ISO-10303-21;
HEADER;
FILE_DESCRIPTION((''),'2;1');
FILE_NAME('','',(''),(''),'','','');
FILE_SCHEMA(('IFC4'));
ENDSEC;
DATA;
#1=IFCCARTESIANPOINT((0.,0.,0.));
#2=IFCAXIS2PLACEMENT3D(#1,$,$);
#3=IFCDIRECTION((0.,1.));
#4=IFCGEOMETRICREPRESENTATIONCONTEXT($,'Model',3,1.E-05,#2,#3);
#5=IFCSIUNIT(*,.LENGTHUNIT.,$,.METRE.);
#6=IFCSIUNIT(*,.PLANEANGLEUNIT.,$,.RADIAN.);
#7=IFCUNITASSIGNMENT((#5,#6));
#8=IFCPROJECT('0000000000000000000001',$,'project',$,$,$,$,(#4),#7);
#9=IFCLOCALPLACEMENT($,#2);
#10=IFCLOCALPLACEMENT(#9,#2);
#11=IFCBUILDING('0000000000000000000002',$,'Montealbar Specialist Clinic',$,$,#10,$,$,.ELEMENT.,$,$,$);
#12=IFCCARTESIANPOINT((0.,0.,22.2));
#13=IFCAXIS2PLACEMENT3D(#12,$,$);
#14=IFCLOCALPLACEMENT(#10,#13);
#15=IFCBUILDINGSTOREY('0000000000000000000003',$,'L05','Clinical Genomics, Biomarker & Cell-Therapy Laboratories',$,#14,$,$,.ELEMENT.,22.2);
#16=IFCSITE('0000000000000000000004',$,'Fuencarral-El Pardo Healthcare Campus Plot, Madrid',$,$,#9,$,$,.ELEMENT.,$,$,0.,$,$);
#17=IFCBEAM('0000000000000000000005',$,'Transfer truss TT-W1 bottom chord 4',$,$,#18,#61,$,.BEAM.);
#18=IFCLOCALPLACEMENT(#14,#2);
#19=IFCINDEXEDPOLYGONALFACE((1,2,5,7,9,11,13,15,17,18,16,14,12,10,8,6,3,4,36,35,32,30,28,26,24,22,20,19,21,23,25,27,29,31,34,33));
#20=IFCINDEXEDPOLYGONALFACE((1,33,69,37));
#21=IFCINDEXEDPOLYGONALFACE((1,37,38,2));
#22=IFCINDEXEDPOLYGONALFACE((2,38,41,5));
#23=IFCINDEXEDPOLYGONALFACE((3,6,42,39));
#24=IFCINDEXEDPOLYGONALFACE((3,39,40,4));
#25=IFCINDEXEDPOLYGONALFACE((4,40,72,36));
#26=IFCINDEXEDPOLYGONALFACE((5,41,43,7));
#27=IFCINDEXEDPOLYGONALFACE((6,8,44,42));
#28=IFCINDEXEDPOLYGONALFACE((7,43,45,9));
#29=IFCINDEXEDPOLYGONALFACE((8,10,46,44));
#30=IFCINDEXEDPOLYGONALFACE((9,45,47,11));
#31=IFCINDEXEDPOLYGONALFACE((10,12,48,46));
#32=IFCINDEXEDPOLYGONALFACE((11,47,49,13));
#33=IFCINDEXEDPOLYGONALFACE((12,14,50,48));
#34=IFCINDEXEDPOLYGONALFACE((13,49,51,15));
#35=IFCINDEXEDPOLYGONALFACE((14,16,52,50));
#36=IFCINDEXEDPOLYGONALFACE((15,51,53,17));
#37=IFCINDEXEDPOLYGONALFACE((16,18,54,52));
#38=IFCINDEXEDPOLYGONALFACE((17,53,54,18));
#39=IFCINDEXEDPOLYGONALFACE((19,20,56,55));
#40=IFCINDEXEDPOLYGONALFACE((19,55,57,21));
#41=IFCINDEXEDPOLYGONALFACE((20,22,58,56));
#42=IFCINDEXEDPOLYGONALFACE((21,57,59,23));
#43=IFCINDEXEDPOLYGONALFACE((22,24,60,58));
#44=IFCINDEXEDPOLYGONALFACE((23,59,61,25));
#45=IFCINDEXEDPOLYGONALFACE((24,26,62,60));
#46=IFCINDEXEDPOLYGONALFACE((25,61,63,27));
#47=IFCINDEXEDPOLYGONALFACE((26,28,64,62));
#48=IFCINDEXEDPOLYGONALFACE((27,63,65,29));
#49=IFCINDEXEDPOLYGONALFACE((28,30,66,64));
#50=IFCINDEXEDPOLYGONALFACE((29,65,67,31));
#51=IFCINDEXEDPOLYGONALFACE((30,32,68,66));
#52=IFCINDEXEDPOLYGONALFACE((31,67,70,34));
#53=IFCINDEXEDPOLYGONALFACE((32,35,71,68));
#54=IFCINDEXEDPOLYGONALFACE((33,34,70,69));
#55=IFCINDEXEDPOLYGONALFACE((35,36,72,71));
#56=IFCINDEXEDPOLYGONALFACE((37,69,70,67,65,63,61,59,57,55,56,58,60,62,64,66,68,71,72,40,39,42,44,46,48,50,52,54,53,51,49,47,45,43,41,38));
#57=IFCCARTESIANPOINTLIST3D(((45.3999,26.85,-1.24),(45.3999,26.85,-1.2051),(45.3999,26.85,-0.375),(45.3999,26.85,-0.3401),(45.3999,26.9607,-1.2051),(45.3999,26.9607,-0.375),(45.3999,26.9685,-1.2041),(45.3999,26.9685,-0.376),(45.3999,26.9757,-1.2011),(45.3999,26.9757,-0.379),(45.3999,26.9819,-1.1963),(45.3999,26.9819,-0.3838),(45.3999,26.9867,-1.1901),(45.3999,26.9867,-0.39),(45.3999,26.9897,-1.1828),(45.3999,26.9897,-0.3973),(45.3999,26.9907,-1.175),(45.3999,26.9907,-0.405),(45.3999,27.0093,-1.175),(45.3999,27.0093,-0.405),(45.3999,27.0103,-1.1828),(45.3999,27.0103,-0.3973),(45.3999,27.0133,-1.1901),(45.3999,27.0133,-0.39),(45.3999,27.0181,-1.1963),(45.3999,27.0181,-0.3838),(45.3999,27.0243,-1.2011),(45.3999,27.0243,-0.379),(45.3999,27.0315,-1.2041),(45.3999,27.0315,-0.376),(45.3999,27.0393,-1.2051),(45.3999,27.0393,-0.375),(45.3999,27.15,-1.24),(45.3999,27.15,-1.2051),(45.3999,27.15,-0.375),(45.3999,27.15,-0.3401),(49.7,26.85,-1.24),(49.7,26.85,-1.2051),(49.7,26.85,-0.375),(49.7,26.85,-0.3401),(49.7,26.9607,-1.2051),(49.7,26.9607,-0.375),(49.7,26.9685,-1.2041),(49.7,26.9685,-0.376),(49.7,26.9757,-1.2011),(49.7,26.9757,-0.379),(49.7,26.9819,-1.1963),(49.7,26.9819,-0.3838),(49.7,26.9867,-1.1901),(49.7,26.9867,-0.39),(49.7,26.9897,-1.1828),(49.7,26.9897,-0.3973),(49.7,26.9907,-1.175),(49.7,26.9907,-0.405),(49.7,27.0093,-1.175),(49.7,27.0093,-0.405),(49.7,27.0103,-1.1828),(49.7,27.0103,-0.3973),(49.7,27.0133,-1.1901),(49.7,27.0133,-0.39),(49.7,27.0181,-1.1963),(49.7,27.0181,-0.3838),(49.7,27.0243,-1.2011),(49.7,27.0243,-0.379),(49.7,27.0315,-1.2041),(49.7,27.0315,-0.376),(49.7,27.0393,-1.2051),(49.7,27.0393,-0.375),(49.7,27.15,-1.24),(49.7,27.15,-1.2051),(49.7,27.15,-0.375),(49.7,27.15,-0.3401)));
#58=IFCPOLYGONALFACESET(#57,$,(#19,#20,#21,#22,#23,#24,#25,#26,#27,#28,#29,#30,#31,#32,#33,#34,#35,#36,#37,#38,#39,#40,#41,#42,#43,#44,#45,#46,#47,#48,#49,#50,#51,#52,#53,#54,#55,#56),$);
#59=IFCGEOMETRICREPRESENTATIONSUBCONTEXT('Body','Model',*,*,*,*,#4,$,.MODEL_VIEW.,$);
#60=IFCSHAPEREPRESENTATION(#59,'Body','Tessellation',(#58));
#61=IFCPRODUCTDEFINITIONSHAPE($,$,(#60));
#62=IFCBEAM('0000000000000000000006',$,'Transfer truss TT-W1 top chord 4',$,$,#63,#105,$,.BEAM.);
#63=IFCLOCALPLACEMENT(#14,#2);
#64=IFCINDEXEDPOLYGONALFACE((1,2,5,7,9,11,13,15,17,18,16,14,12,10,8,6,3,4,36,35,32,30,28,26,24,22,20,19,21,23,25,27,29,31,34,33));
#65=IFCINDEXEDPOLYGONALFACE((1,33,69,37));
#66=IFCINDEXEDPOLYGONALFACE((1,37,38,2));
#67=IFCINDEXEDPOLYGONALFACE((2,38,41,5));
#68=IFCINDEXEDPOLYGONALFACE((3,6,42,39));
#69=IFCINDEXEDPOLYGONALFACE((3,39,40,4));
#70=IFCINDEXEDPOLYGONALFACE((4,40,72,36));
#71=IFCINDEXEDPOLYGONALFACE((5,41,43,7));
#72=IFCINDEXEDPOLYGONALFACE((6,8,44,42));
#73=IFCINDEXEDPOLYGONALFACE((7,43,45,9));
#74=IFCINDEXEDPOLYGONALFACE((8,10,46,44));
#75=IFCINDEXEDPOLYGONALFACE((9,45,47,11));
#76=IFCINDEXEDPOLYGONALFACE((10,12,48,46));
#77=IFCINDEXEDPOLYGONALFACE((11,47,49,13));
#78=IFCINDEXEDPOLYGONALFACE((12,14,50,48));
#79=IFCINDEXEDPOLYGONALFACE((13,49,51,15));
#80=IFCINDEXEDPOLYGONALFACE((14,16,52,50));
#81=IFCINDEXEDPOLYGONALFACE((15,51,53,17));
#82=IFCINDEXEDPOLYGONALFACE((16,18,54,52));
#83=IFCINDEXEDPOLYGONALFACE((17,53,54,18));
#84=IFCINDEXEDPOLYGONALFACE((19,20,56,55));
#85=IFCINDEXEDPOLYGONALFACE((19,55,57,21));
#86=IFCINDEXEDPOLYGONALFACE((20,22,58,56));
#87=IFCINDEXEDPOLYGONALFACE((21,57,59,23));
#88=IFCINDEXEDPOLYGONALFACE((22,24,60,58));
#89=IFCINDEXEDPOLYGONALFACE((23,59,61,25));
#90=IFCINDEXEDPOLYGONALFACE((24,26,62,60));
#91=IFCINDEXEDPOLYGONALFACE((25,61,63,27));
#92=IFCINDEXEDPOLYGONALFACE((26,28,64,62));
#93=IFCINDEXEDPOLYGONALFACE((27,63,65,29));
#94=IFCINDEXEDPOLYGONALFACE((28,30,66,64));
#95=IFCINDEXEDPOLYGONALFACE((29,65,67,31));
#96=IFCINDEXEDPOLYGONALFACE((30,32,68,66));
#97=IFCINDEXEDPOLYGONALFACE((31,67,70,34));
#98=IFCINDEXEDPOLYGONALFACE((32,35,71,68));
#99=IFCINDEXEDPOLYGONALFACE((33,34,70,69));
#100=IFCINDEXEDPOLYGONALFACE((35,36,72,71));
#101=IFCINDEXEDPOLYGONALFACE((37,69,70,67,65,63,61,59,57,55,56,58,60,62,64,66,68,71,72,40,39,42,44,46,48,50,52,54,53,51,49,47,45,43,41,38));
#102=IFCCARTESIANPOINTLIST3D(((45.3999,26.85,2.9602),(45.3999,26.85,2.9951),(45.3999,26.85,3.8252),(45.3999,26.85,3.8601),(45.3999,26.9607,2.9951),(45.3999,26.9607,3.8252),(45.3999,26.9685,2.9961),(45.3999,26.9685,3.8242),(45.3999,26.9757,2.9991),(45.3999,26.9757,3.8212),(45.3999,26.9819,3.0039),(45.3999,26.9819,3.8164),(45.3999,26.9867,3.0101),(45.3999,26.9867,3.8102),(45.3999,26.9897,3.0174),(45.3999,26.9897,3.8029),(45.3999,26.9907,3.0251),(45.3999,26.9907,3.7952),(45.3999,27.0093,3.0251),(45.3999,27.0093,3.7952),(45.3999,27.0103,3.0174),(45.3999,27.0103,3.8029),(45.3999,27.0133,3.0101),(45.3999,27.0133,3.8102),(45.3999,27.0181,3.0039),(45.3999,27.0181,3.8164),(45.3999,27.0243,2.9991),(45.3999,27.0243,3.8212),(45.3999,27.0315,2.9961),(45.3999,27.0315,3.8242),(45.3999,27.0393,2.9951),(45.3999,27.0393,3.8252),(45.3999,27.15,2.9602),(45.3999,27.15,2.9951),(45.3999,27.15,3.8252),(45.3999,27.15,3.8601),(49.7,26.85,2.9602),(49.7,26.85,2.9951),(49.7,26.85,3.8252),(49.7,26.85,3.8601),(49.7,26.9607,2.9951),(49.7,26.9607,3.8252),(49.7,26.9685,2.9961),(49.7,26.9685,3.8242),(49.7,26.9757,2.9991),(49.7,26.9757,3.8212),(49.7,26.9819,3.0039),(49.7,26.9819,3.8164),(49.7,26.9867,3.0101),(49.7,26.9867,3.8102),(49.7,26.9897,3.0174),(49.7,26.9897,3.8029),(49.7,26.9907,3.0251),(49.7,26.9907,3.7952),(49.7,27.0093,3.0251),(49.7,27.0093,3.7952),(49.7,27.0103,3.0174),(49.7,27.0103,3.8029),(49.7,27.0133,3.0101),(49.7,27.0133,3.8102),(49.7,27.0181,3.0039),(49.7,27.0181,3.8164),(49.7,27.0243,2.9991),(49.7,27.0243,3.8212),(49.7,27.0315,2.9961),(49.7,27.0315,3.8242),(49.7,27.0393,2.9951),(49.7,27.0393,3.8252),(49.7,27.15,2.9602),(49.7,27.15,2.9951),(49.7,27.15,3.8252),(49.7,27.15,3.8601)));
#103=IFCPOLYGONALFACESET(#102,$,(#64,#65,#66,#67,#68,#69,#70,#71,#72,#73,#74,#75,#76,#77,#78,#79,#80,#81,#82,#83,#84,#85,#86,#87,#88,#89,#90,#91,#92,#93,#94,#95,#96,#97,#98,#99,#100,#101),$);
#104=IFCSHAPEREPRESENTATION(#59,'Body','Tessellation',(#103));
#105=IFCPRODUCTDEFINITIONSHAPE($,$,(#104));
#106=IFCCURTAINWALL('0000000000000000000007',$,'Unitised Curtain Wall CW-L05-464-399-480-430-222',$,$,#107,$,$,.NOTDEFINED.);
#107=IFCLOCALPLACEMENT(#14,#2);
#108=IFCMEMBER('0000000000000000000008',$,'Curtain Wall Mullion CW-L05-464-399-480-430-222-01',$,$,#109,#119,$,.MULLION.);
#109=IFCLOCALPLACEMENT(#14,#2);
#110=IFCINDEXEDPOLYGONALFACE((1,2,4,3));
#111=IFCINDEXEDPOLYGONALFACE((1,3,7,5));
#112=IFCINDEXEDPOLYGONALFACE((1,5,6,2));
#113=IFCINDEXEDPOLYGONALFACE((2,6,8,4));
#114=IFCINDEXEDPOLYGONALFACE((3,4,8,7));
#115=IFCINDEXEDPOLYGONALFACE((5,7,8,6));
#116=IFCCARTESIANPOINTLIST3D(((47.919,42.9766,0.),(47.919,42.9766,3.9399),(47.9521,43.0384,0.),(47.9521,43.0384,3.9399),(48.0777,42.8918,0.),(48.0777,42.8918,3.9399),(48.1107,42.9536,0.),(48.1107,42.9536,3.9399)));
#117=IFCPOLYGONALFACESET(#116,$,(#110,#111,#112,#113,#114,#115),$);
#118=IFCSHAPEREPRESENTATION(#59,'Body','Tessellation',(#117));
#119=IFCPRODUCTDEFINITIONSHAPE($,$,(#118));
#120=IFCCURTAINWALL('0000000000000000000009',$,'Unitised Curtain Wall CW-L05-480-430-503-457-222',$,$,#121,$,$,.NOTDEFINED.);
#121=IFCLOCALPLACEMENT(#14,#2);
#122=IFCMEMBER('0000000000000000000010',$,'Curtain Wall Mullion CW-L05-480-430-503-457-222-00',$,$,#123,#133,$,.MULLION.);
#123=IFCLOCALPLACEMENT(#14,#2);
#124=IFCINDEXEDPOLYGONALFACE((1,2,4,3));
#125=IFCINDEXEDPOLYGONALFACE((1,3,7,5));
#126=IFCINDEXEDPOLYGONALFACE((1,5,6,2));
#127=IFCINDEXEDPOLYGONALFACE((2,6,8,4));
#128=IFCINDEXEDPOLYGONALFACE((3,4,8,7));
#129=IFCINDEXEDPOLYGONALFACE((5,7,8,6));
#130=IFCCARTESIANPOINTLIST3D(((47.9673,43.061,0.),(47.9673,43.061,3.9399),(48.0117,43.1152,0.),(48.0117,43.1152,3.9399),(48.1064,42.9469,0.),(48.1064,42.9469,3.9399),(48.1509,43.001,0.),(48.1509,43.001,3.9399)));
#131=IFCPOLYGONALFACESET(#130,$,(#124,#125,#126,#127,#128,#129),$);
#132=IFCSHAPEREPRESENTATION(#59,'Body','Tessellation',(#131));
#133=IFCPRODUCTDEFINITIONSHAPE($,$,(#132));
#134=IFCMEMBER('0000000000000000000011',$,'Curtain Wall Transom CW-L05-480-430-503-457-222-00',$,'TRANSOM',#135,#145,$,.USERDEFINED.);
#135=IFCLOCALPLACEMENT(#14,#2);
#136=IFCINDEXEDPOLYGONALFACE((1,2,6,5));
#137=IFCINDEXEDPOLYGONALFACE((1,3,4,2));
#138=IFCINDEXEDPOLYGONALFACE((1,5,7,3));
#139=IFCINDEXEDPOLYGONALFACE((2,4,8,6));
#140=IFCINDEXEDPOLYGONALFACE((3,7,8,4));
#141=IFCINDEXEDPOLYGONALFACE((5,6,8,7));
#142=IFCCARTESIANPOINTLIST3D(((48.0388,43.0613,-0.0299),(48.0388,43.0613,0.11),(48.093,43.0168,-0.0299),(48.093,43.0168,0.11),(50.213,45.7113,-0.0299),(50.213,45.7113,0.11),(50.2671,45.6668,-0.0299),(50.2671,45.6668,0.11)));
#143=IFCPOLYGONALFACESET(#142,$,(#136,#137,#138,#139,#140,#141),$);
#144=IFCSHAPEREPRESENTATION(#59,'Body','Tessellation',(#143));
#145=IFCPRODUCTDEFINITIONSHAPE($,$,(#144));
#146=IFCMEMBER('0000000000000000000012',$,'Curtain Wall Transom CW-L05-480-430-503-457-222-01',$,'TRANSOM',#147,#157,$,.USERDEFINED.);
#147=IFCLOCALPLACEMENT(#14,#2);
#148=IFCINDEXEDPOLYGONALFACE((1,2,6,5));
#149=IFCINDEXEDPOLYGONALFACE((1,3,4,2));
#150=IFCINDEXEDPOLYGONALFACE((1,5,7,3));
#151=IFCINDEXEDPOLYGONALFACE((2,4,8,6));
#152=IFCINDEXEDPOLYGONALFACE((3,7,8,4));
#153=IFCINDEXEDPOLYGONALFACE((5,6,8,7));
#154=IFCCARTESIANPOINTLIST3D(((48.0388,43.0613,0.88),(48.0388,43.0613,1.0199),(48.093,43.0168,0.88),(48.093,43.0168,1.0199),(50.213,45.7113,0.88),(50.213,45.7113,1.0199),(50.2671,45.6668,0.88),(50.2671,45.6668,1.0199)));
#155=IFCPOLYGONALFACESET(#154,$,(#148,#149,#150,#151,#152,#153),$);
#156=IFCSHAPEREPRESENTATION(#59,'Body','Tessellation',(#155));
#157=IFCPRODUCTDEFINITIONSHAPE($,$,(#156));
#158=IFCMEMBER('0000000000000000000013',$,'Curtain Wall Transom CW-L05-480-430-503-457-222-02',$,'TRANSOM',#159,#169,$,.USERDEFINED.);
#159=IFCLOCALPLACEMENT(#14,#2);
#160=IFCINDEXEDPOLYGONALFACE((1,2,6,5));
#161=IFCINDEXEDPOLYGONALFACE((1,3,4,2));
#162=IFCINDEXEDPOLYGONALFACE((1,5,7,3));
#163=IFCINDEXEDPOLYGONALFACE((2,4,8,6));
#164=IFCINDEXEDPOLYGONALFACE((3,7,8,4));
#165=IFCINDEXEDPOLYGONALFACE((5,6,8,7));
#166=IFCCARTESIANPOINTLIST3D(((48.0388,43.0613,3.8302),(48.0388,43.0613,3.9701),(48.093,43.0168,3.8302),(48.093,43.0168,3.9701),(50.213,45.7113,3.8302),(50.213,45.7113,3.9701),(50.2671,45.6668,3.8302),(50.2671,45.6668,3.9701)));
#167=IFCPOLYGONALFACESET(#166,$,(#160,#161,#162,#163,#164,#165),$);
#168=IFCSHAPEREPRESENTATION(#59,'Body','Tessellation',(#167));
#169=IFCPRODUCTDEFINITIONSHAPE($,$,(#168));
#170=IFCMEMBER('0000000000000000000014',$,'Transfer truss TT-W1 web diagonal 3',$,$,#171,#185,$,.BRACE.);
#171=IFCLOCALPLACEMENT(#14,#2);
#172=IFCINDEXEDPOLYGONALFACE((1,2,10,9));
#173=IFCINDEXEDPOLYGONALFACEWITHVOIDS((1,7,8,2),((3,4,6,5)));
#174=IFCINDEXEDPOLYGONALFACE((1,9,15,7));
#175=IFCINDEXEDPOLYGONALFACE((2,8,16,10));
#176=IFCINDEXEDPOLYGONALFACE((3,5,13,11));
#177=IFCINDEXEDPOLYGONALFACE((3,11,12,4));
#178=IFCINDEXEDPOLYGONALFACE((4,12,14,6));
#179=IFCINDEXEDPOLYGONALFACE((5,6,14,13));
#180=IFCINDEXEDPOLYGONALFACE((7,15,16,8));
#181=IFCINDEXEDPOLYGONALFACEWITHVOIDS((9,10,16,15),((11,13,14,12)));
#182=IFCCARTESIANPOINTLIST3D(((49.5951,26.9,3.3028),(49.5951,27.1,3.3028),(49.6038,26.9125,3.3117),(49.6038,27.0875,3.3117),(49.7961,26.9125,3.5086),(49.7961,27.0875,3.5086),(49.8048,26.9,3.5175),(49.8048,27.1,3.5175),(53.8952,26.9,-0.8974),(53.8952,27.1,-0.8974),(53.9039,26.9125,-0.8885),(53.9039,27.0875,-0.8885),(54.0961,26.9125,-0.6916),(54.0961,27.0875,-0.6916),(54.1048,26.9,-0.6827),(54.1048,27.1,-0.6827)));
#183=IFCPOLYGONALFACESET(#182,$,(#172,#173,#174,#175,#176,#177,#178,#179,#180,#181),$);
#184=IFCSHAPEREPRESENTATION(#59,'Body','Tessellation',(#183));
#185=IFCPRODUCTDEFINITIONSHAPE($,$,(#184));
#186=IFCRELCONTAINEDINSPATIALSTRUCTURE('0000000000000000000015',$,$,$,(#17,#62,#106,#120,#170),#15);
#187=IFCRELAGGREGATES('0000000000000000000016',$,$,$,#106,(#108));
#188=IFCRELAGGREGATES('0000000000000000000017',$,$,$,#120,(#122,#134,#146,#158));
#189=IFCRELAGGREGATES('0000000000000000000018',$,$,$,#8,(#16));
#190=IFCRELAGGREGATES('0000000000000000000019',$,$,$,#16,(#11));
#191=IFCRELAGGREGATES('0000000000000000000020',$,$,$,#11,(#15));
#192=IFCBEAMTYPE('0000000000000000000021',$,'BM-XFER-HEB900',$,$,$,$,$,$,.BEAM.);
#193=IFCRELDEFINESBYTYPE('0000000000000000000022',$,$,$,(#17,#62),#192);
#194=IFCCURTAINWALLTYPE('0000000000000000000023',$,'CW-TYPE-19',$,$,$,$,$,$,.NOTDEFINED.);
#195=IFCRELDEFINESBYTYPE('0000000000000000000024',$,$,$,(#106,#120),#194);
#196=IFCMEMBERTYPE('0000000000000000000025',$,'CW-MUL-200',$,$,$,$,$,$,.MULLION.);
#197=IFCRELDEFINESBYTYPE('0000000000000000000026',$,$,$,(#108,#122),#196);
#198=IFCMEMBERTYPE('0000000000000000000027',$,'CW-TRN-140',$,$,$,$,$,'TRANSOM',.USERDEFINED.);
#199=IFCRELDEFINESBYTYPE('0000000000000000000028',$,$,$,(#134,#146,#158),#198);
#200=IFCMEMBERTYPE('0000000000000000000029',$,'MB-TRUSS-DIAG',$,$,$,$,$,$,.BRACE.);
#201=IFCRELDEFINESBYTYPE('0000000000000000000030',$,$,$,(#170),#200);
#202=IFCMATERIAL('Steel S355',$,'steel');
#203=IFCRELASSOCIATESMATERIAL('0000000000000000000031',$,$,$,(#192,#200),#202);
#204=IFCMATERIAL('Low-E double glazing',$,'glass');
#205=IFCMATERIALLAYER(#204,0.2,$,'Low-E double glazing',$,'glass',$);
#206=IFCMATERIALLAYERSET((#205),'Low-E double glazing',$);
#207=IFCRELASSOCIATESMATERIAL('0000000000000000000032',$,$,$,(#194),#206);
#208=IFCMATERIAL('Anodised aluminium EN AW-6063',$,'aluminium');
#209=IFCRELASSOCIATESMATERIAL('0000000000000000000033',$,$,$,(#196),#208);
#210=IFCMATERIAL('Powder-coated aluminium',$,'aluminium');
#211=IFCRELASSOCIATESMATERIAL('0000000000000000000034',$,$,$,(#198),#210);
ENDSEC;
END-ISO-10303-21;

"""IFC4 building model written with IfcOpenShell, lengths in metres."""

from ifc_helpers import new_model, si_unit, direction, frame, origin, origin_2d, place, context, subcontext, project, spatial, rectangle, hollow_rectangle, i_section, extrude, material, layer, layer_set, material_profile, profile_set, type_object, element, aggregate, save


model = new_model("IFC4")

# Units and contexts
model_context = context("Model", 3, precision=1e-05, world=origin(), true_north=direction((0.0, 1.0)))
body_context = subcontext(model_context, "Body", "Model", "MODEL_VIEW")
ifc_project = project(units=[si_unit("LENGTHUNIT", "METRE"), si_unit("PLANEANGLEUNIT", "RADIAN")], contexts=[model_context])

# Site, building, storey
site_placement = place(None, origin())
site = spatial("IfcSite", under=ifc_project, at=site_placement, Name="Fuencarral-El Pardo Healthcare Campus Plot, Madrid", CompositionType="ELEMENT", RefElevation=0.0)
building_placement = place(site_placement, origin())
building = spatial("IfcBuilding", under=site, at=building_placement, Name="Montealbar Specialist Clinic", CompositionType="ELEMENT")
storey_placement = place(building_placement, frame((0.0, 0.0, 22.2)))
storey = spatial("IfcBuildingStorey", under=building, at=storey_placement, Name="L05", Description="Clinical Genomics, Biomarker & Cell-Therapy Laboratories", CompositionType="ELEMENT", Elevation=22.2)

# Shared definitions
ifc_material_1 = material(Name="Steel S355", Category="steel")

# Beams
ifc_material_profile_1 = material_profile(ifc_material_1, i_section(OverallWidth=0.3, OverallDepth=0.8999, WebThickness=0.0186, FlangeThickness=0.0349, FilletRadius=0.03, at=origin_2d()), Name="HEB 900", Category="steel")
ifc_profile_set_1 = profile_set([ifc_material_profile_1], Name="Steel S355")
beam_type = type_object("IfcBeamType", Name="BM-XFER-HEB900", PredefinedType="BEAM", material=ifc_profile_set_1)
for number, where, z_axis, x_axis, name in (
    (1, (49.7, 27.0, -0.79), (-1.0, 0.0, 0.0), (0.0, -1.0, 0.0), "Transfer truss TT-W1 bottom chord 4"),
    (2, (49.7, 27.0, 3.4102), (-1.0, 0.0, 0.0), (0.0, -1.0, 0.0), "Transfer truss TT-W1 top chord 4"),
):
    element("IfcBeam", number, at=place(storey_placement, frame(where, z_axis=z_axis, x_axis=x_axis)), inside=storey, type_object=beam_type, Name=name, PredefinedType="BEAM", context=body_context, shape_type="SweptSolid", body=[
        extrude(i_section(OverallWidth=0.3, OverallDepth=0.8999, WebThickness=0.0186, FlangeThickness=0.0349, FilletRadius=0.03, at=origin_2d()), origin(), (0.0, 0.0, 1.0), 4.3),
    ])

# Curtain wall, member
ifc_material_2 = material(Name="Low-E double glazing", Category="glass")
ifc_layer_1 = layer(ifc_material_2, 0.2, Name="Low-E double glazing", Category="glass")
ifc_layer_set_1 = layer_set([ifc_layer_1], Name="Low-E double glazing")
curtain_wall_type = type_object("IfcCurtainWallType", Name="CW-TYPE-19", PredefinedType="NOTDEFINED", material=ifc_layer_set_1)
curtain_wall_1_placement = place(storey_placement, origin())
curtain_wall_1 = element("IfcCurtainWall", 3, at=curtain_wall_1_placement, inside=storey, type_object=curtain_wall_type, Name="Unitised Curtain Wall CW-L05-464-399-480-430-222", PredefinedType="NOTDEFINED")
ifc_material_3 = material(Name="Anodised aluminium EN AW-6063", Category="aluminium")
ifc_material_profile_2 = material_profile(ifc_material_3, rectangle(XDim=0.0701, YDim=0.1799, at=origin_2d()), Name="ALU 70x180", Category="aluminium")
ifc_profile_set_2 = profile_set([ifc_material_profile_2], Name="Anodised aluminium EN AW-6063")
member_type_1 = type_object("IfcMemberType", Name="CW-MUL-200", PredefinedType="MULLION", material=ifc_profile_set_2)
member_1_placement = place(storey_placement, frame((48.0149, 42.9651, 0.0), z_axis=(0.0, 0.0, 1.0), x_axis=(0.471529, 0.88185, 0.0)))
member_1 = element("IfcMember", 4, at=member_1_placement, type_object=member_type_1, Name="Curtain Wall Mullion CW-L05-464-399-480-430-222-01", PredefinedType="MULLION", context=body_context, shape_type="SweptSolid", body=[
    extrude(rectangle(XDim=0.0701, YDim=0.1799, at=origin_2d()), origin(), (0.0, 0.0, 1.0), 3.9399),
])
aggregate(curtain_wall_1, [member_1])

# Curtain wall, members
curtain_wall_2_placement = place(storey_placement, origin())
curtain_wall_2 = element("IfcCurtainWall", 5, at=curtain_wall_2_placement, inside=storey, type_object=curtain_wall_type, Name="Unitised Curtain Wall CW-L05-480-430-503-457-222", PredefinedType="NOTDEFINED")
member_2_placement = place(storey_placement, frame((48.0591, 43.031, 0.0), z_axis=(0.0, 0.0, 1.0), x_axis=(0.634256, 0.773123, 0.0)))
member_2 = element("IfcMember", 6, at=member_2_placement, type_object=member_type_1, Name="Curtain Wall Mullion CW-L05-480-430-503-457-222-00", PredefinedType="MULLION", context=body_context, shape_type="SweptSolid", body=[
    extrude(rectangle(XDim=0.0701, YDim=0.1799, at=origin_2d()), origin(), (0.0, 0.0, 1.0), 3.9399),
])
ifc_material_4 = material(Name="Powder-coated aluminium", Category="aluminium")
ifc_material_profile_3 = material_profile(ifc_material_4, rectangle(XDim=0.0701, YDim=0.1399, at=origin_2d()), Name="ALU 70x140", Category="aluminium")
ifc_profile_set_3 = profile_set([ifc_material_profile_3], Name="Powder-coated aluminium")
member_type_2 = type_object("IfcMemberType", Name="CW-TRN-140", ElementType="TRANSOM", PredefinedType="USERDEFINED", material=ifc_profile_set_3)
member_3_placement = place(storey_placement, frame((48.0659, 43.0391, 0.04), z_axis=(0.634281, 0.773103, 0.0), x_axis=(-0.773103, 0.634281, 0.0)))
member_3 = element("IfcMember", 7, at=member_3_placement, type_object=member_type_2, Name="Curtain Wall Transom CW-L05-480-430-503-457-222-00", ObjectType="TRANSOM", PredefinedType="USERDEFINED", context=body_context, shape_type="SweptSolid", body=[
    extrude(rectangle(XDim=0.0701, YDim=0.1399, at=origin_2d()), origin(), (0.0, 0.0, 1.0), 3.4277),
])
member_4_placement = place(storey_placement, frame((48.0659, 43.0391, 0.95), z_axis=(0.634281, 0.773103, 0.0), x_axis=(-0.773103, 0.634281, 0.0)))
member_4 = element("IfcMember", 8, at=member_4_placement, type_object=member_type_2, Name="Curtain Wall Transom CW-L05-480-430-503-457-222-01", ObjectType="TRANSOM", PredefinedType="USERDEFINED", context=body_context, shape_type="SweptSolid", body=[
    extrude(rectangle(XDim=0.0701, YDim=0.1399, at=origin_2d()), origin(), (0.0, 0.0, 1.0), 3.4277),
])
member_5_placement = place(storey_placement, frame((48.0659, 43.0391, 3.9001), z_axis=(0.634281, 0.773103, 0.0), x_axis=(-0.773103, 0.634281, 0.0)))
member_5 = element("IfcMember", 9, at=member_5_placement, type_object=member_type_2, Name="Curtain Wall Transom CW-L05-480-430-503-457-222-02", ObjectType="TRANSOM", PredefinedType="USERDEFINED", context=body_context, shape_type="SweptSolid", body=[
    extrude(rectangle(XDim=0.0701, YDim=0.1399, at=origin_2d()), origin(), (0.0, 0.0, 1.0), 3.4277),
])

# Member
ifc_material_profile_4 = material_profile(ifc_material_1, hollow_rectangle(XDim=0.2, YDim=0.3, WallThickness=0.0125, at=origin_2d()), Name="RHS 300x200x12.5", Category="steel")
ifc_profile_set_4 = profile_set([ifc_material_profile_4], Name="Steel S355")
member_type_3 = type_object("IfcMemberType", Name="MB-TRUSS-DIAG", PredefinedType="BRACE", material=ifc_profile_set_4)
for number, where, z_axis, x_axis, name in (
    (10, (54.0, 27.0, -0.79), (-0.715364, 0.0, 0.698752), (0.0, -1.0, 0.0), "Transfer truss TT-W1 web diagonal 3"),
):
    element("IfcMember", number, at=place(storey_placement, frame(where, z_axis=z_axis, x_axis=x_axis)), inside=storey, type_object=member_type_3, Name=name, PredefinedType="BRACE", context=body_context, shape_type="SweptSolid", body=[
        extrude(hollow_rectangle(XDim=0.2, YDim=0.3, WallThickness=0.0125, at=origin_2d()), origin(), (0.0, 0.0, 1.0), 6.011),
    ])

aggregate(curtain_wall_2, [member_2, member_3, member_4, member_5])

save(model, "model.ifc")
